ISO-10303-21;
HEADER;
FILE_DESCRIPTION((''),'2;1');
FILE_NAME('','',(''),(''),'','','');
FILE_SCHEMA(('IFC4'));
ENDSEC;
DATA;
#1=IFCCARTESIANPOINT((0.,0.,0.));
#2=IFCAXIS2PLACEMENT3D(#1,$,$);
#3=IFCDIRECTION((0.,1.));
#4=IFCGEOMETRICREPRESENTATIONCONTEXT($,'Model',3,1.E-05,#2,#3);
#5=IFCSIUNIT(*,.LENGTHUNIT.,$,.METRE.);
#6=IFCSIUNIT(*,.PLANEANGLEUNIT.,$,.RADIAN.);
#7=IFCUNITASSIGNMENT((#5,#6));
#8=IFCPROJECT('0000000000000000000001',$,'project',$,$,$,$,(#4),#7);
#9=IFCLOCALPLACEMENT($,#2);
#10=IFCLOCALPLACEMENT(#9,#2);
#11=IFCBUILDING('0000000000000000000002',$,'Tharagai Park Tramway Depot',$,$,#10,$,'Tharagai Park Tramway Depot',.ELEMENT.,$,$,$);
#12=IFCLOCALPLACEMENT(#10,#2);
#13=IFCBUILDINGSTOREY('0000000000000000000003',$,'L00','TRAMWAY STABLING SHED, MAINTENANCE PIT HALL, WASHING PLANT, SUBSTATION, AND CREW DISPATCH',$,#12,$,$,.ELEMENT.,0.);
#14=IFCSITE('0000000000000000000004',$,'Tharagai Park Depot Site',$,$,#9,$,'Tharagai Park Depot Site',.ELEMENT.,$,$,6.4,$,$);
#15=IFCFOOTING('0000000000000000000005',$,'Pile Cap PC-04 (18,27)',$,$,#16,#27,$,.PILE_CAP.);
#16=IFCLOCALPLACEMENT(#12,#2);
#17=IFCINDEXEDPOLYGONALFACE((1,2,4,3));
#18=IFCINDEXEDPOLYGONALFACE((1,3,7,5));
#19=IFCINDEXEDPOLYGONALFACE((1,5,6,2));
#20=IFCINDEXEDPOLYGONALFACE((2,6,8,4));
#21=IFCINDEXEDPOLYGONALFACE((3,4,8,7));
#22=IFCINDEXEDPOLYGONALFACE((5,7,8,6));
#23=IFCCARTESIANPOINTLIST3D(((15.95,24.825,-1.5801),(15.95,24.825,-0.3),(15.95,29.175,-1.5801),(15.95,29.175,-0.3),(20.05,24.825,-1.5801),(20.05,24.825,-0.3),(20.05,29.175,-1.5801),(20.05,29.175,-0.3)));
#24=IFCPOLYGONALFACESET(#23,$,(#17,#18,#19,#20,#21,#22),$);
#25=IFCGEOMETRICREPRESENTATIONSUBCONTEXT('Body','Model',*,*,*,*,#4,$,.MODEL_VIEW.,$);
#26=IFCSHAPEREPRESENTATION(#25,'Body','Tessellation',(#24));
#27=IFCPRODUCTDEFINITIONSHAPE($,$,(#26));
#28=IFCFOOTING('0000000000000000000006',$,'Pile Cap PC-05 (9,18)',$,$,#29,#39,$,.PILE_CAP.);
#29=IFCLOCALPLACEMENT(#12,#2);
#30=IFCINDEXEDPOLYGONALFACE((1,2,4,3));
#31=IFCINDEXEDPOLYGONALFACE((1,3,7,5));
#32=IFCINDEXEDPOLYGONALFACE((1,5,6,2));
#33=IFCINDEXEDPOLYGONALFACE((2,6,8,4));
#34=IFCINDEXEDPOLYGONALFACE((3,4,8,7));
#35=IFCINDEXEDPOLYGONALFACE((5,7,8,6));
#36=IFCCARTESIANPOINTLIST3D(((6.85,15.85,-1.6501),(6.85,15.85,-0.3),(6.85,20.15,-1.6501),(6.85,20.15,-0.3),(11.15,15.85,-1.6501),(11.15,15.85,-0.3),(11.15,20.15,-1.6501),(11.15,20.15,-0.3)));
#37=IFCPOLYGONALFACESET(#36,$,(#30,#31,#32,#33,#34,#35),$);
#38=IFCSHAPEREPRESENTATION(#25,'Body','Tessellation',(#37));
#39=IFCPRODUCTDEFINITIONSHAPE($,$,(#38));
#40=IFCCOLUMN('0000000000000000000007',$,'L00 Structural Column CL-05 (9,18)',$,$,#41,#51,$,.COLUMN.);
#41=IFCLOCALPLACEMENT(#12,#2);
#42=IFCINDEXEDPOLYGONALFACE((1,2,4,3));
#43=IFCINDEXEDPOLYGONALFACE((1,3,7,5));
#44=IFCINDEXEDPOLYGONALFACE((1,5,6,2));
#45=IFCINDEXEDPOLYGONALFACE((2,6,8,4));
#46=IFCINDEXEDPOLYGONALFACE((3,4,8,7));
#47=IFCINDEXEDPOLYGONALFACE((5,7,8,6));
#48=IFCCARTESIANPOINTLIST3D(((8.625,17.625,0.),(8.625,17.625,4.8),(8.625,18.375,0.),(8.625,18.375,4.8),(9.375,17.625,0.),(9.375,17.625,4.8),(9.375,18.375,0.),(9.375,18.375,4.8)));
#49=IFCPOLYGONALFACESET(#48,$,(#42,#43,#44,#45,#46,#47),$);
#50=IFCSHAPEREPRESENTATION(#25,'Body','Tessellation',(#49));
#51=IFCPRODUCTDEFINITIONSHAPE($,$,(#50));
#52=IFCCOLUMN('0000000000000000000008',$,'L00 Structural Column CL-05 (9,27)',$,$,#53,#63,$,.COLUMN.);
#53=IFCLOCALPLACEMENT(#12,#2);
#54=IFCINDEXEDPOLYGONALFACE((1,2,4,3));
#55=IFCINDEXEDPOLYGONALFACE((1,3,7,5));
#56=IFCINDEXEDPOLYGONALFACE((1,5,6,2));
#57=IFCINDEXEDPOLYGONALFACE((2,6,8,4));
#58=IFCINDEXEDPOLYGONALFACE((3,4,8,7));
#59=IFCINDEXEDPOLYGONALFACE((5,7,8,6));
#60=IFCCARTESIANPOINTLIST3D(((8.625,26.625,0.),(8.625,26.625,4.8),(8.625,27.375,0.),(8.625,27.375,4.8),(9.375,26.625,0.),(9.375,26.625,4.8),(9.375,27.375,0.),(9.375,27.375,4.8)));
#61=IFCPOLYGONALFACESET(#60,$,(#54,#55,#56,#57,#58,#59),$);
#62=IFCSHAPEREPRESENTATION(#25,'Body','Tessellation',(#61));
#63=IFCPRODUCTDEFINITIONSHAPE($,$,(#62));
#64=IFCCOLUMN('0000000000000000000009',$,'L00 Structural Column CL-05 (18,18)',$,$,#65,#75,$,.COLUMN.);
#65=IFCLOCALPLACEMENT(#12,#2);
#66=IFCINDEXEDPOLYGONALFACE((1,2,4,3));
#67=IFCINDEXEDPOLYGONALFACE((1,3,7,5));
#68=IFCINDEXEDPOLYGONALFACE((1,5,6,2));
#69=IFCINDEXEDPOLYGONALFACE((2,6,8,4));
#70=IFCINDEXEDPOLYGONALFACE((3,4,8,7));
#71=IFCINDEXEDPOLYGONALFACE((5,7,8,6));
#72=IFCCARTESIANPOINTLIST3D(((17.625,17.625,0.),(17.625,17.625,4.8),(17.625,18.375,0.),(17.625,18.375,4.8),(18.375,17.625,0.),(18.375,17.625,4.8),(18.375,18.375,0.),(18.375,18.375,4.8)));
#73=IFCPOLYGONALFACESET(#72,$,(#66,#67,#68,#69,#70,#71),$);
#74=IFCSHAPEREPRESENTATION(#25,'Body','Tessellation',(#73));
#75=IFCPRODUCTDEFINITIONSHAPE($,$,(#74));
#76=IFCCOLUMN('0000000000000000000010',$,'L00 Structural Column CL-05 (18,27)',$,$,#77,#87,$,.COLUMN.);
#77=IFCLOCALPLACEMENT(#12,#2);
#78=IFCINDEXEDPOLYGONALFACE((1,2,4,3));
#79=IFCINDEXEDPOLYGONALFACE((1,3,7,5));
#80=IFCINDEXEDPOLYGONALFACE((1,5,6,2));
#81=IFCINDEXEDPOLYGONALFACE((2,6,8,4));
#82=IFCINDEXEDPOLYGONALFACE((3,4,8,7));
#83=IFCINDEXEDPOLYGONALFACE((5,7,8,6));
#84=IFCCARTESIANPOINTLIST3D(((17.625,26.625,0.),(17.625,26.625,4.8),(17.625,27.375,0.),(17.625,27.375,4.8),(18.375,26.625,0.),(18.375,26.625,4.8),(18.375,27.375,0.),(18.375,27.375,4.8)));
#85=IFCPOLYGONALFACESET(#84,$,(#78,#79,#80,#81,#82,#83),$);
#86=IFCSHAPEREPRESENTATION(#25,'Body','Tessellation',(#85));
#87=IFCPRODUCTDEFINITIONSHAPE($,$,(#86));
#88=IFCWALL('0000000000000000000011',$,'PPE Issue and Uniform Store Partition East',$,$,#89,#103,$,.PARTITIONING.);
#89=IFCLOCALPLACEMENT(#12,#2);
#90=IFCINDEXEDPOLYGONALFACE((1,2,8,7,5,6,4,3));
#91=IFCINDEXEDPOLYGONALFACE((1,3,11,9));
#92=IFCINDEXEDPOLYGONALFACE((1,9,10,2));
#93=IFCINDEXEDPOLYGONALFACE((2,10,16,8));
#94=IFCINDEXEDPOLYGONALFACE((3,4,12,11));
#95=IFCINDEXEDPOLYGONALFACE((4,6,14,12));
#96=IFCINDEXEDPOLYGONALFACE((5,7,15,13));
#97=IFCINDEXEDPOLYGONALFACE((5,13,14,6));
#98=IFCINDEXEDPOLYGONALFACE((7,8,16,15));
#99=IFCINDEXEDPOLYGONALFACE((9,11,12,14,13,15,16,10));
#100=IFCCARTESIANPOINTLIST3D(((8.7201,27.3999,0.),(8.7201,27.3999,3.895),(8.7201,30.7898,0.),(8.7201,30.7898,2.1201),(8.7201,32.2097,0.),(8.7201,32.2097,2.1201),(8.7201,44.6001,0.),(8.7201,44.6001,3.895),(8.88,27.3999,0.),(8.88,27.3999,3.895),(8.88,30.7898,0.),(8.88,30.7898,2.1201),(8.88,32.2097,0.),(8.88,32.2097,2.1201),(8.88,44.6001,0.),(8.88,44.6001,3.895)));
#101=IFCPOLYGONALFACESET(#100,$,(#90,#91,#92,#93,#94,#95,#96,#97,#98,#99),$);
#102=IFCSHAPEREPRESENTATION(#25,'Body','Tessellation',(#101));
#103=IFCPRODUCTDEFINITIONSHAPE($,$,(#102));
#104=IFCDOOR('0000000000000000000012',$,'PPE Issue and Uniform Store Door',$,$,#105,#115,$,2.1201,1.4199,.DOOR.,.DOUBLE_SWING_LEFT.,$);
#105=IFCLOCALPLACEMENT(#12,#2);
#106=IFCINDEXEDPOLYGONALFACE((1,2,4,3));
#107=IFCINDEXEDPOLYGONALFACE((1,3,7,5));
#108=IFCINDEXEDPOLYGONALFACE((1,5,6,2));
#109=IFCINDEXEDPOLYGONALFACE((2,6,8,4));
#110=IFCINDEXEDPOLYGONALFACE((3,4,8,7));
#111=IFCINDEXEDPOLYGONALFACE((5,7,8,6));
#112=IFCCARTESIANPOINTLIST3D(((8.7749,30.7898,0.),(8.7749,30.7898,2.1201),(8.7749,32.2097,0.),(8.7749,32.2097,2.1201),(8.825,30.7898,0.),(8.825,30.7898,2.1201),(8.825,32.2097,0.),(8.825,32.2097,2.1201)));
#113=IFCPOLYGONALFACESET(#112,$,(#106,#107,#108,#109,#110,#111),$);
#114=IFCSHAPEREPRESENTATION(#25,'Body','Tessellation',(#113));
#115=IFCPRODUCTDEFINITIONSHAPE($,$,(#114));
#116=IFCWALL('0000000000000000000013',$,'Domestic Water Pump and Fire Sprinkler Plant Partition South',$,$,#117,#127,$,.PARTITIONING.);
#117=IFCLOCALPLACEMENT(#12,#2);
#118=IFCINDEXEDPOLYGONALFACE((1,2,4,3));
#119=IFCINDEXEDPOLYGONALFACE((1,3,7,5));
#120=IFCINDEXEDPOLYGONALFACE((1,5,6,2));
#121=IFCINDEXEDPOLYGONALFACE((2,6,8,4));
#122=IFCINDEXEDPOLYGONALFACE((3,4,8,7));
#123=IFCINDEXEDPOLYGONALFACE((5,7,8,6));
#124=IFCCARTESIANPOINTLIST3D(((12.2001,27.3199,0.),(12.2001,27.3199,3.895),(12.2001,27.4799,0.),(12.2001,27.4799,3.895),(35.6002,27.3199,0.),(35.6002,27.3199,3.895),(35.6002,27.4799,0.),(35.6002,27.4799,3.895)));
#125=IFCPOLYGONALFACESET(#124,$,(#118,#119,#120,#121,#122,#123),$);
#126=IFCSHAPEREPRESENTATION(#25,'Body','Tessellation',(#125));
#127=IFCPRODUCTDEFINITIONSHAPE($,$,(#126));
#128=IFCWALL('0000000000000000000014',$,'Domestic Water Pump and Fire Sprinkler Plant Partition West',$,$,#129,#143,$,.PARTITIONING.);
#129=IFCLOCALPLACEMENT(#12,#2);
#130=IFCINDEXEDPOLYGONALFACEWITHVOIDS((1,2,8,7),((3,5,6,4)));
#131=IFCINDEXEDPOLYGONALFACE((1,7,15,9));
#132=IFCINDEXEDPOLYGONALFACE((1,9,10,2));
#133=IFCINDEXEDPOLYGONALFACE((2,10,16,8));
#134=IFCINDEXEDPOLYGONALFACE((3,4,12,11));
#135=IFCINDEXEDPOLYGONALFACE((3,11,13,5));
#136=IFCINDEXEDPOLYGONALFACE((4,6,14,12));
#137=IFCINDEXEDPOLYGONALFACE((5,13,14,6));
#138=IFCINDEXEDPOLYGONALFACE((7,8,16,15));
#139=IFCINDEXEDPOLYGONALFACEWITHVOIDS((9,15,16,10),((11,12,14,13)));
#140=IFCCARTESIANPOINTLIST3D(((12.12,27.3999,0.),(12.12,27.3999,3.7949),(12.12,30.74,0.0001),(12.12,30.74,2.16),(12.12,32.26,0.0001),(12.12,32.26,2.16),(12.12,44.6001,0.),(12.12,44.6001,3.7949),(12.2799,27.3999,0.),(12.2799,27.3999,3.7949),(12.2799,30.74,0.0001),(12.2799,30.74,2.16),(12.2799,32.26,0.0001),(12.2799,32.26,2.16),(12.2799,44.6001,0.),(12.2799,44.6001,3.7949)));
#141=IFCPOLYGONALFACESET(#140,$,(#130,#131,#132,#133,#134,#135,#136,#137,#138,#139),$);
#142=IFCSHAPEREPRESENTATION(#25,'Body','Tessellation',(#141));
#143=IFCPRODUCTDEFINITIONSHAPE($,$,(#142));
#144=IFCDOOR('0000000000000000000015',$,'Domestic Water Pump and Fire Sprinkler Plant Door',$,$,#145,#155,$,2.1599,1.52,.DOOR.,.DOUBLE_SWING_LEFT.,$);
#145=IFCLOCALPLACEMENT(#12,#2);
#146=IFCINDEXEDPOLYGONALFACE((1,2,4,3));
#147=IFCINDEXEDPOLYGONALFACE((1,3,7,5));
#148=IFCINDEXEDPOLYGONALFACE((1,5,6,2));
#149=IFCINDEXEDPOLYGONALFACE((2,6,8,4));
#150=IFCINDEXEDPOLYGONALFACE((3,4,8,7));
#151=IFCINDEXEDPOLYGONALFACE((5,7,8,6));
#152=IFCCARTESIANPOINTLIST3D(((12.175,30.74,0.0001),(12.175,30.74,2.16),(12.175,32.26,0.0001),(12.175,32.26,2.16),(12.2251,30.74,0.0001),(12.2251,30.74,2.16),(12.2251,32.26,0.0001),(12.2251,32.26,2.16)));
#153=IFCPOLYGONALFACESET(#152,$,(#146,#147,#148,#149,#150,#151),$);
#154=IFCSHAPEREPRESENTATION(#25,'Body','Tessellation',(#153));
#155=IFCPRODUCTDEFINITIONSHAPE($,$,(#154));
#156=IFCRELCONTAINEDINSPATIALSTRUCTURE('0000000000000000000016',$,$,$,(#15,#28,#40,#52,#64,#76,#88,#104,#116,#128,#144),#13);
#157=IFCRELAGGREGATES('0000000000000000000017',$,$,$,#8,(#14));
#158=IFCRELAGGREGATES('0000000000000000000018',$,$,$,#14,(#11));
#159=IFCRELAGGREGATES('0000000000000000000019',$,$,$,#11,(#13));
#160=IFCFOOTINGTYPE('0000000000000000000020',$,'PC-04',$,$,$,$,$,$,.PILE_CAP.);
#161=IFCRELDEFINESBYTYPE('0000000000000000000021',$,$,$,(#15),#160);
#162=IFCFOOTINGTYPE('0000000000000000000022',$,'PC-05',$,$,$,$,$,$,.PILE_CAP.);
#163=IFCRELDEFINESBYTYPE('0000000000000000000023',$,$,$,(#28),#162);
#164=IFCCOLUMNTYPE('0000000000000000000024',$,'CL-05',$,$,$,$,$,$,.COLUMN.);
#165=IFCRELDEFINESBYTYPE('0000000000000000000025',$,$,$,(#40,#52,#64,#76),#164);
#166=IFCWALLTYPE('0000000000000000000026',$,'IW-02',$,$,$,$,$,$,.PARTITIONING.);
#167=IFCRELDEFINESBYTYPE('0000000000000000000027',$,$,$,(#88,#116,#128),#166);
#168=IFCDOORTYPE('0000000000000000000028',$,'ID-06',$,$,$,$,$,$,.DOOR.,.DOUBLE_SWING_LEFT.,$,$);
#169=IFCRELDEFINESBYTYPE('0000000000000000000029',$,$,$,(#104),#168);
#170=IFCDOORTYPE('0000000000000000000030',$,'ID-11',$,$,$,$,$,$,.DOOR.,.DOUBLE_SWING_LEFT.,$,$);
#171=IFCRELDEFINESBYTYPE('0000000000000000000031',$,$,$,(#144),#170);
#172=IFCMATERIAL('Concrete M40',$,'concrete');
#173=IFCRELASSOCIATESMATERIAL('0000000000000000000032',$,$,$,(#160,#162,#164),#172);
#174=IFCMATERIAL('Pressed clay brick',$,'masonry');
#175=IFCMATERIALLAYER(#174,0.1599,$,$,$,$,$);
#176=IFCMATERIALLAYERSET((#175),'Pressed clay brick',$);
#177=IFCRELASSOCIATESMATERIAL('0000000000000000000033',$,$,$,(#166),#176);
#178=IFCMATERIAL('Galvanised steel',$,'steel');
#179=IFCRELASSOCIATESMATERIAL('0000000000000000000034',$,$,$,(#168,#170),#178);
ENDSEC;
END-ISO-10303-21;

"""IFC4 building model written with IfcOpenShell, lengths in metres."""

from ifc_helpers import new_model, si_unit, direction, frame, frame_2d, origin, origin_2d, place, context, subcontext, project, spatial, rectangle, extrude, material, layer, layer_set, material_profile, profile_set, type_object, element, fill, save


model = new_model("IFC4")

# Units and contexts
model_context = context("Model", 3, precision=1e-05, world=origin(), true_north=direction((0.0, 1.0)))
body_context = subcontext(model_context, "Body", "Model", "MODEL_VIEW")
ifc_project = project(units=[si_unit("LENGTHUNIT", "METRE"), si_unit("PLANEANGLEUNIT", "RADIAN")], contexts=[model_context])

# Site, building, storey
site_placement = place(None, origin())
site = spatial("IfcSite", under=ifc_project, at=site_placement, Name="Tharagai Park Depot Site", LongName="Tharagai Park Depot Site", CompositionType="ELEMENT", RefElevation=6.4)
building_placement = place(site_placement, origin())
building = spatial("IfcBuilding", under=site, at=building_placement, Name="Tharagai Park Tramway Depot", LongName="Tharagai Park Tramway Depot", CompositionType="ELEMENT")
storey_placement = place(building_placement, origin())
storey = spatial("IfcBuildingStorey", under=building, at=storey_placement, Name="L00", Description="TRAMWAY STABLING SHED, MAINTENANCE PIT HALL, WASHING PLANT, SUBSTATION, AND CREW DISPATCH", CompositionType="ELEMENT", Elevation=0.0)

# Shared definitions
ifc_material_1 = material(Name="Concrete M40", Category="concrete")

# Footings
footing_type_1 = type_object("IfcFootingType", Name="PC-04", PredefinedType="PILE_CAP", material=ifc_material_1)
footing_1_placement = place(storey_placement, frame((18.0, 27.0, -1.5801), z_axis=(0.0, 0.0, 1.0), x_axis=(1.0, 0.0, 0.0)))
element("IfcFooting", 1, at=footing_1_placement, inside=storey, type_object=footing_type_1, Name="Pile Cap PC-04 (18,27)", PredefinedType="PILE_CAP", context=body_context, shape_type="SweptSolid", body=[
    extrude(rectangle(XDim=4.1001, YDim=4.3501, at=origin_2d()), origin(), (0.0, 0.0, 1.0), 1.28),
])
footing_type_2 = type_object("IfcFootingType", Name="PC-05", PredefinedType="PILE_CAP", material=ifc_material_1)
footing_2_placement = place(storey_placement, frame((9.0, 18.0, -1.6501), z_axis=(0.0, 0.0, 1.0), x_axis=(1.0, 0.0, 0.0)))
element("IfcFooting", 2, at=footing_2_placement, inside=storey, type_object=footing_type_2, Name="Pile Cap PC-05 (9,18)", PredefinedType="PILE_CAP", context=body_context, shape_type="SweptSolid", body=[
    extrude(rectangle(XDim=4.3, YDim=4.3, at=origin_2d()), origin(), (0.0, 0.0, 1.0), 1.3501),
])

# Columns
ifc_material_profile_1 = material_profile(ifc_material_1, rectangle(XDim=0.75, YDim=0.75, at=origin_2d()), Name="RC 750x750")
ifc_profile_set_1 = profile_set([ifc_material_profile_1], Name="Concrete M40")
column_type = type_object("IfcColumnType", Name="CL-05", PredefinedType="COLUMN", material=ifc_profile_set_1)
for number, where, z_axis, x_axis, name in (
    (3, (9.0, 18.0, 0.0), (0.0, 0.0, 1.0), (1.0, 0.0, 0.0), "L00 Structural Column CL-05 (9,18)"),
    (4, (9.0, 27.0, 0.0), (0.0, 0.0, 1.0), (1.0, 0.0, 0.0), "L00 Structural Column CL-05 (9,27)"),
    (5, (18.0, 18.0, 0.0), (0.0, 0.0, 1.0), (1.0, 0.0, 0.0), "L00 Structural Column CL-05 (18,18)"),
    (6, (18.0, 27.0, 0.0), (0.0, 0.0, 1.0), (1.0, 0.0, 0.0), "L00 Structural Column CL-05 (18,27)"),
):
    element("IfcColumn", number, at=place(storey_placement, frame(where, z_axis=z_axis, x_axis=x_axis)), inside=storey, type_object=column_type, Name=name, PredefinedType="COLUMN", context=body_context, shape_type="SweptSolid", body=[
        extrude(rectangle(XDim=0.75, YDim=0.75, at=origin_2d()), origin(), (0.0, 0.0, 1.0), 4.8),
    ])

# Wall, opening, door
ifc_material_2 = material(Name="Pressed clay brick", Category="masonry")
ifc_layer_1 = layer(ifc_material_2, 0.1599)
ifc_layer_set_1 = layer_set([ifc_layer_1], Name="Pressed clay brick")
wall_type_1 = type_object("IfcWallType", Name="IW-02", PredefinedType="PARTITIONING", material=ifc_layer_set_1)
wall_1_placement = place(storey_placement, frame((8.8, 27.3999, 0.0), z_axis=(0.0, 0.0, 1.0), x_axis=(0.0, 1.0, 0.0)))
wall_1 = element("IfcWall", 7, at=wall_1_placement, inside=storey, type_object=wall_type_1, Name="PPE Issue and Uniform Store Partition East", PredefinedType="PARTITIONING", context=body_context, shape_type="SweptSolid", body=[
    extrude(rectangle(XDim=17.2002, YDim=0.1599, at=frame_2d((8.6001, 0.0))), origin(), (0.0, 0.0, 1.0), 3.895),
])
opening_1_placement = place(wall_1_placement, frame((3.3899, 0.0, 0.0)))
opening_1 = element("IfcOpeningElement", 8, at=opening_1_placement, cuts=wall_1, PredefinedType="OPENING", context=body_context, shape_type="SweptSolid", body=[
    extrude(rectangle(XDim=1.4199, YDim=2.1201, at=frame_2d((0.71, 1.0601))), frame((0.0, 0.0898, 0.0), z_axis=(0.0, -1.0, 0.0), x_axis=(1.0, 0.0, 0.0)), (0.0, 0.0, 1.0), 0.1799),
])
ifc_material_3 = material(Name="Galvanised steel", Category="steel")
door_type_1 = type_object("IfcDoorType", Name="ID-06", OperationType="DOUBLE_SWING_LEFT", PredefinedType="DOOR", material=ifc_material_3)
door_1_placement = place(opening_1_placement, frame((1.4199, 0.0, 0.0), z_axis=(0.0, 0.0, 1.0), x_axis=(-1.0, 0.0, 0.0)))
door_1 = element("IfcDoor", 9, at=door_1_placement, inside=storey, type_object=door_type_1, Name="PPE Issue and Uniform Store Door", OperationType="DOUBLE_SWING_LEFT", OverallHeight=2.1201, OverallWidth=1.4199, PredefinedType="DOOR", context=body_context, shape_type="SweptSolid", body=[
    extrude(rectangle(XDim=1.4199, YDim=2.1201, at=frame_2d((0.71, 1.0601))), frame((0.0, 0.0249, 0.0), z_axis=(0.0, -1.0, 0.0), x_axis=(1.0, 0.0, 0.0)), (0.0, 0.0, 1.0), 0.05),
])
fill(opening_1, door_1)

# Wall
wall_2_placement = place(storey_placement, frame((12.2, 27.3999, 0.0), z_axis=(0.0, 0.0, 1.0), x_axis=(1.0, 0.0, 0.0)))
element("IfcWall", 10, at=wall_2_placement, inside=storey, type_object=wall_type_1, Name="Domestic Water Pump and Fire Sprinkler Plant Partition South", PredefinedType="PARTITIONING", context=body_context, shape_type="SweptSolid", body=[
    extrude(rectangle(XDim=23.4001, YDim=0.1599, at=frame_2d((11.7002, 0.0))), origin(), (0.0, 0.0, 1.0), 3.895),
])

# Wall, opening, door
wall_3_placement = place(storey_placement, frame((12.2, 27.3999, 0.0), z_axis=(0.0, 0.0, 1.0), x_axis=(0.0, 1.0, 0.0)))
wall_3 = element("IfcWall", 11, at=wall_3_placement, inside=storey, type_object=wall_type_1, Name="Domestic Water Pump and Fire Sprinkler Plant Partition West", PredefinedType="PARTITIONING", context=body_context, shape_type="SweptSolid", body=[
    extrude(rectangle(XDim=17.2002, YDim=0.1599, at=frame_2d((8.6001, 0.0))), origin(), (0.0, 0.0, 1.0), 3.7949),
])
opening_2_placement = place(wall_3_placement, frame((3.3401, 0.0, 0.0)))
opening_2 = element("IfcOpeningElement", 12, at=opening_2_placement, cuts=wall_3, PredefinedType="OPENING", context=body_context, shape_type="SweptSolid", body=[
    extrude(rectangle(XDim=1.52, YDim=2.1599, at=frame_2d((0.76, 1.0801))), frame((0.0, 0.0898, 0.0), z_axis=(0.0, -1.0, 0.0), x_axis=(1.0, 0.0, 0.0)), (0.0, 0.0, 1.0), 0.1799),
])
door_type_2 = type_object("IfcDoorType", Name="ID-11", OperationType="DOUBLE_SWING_LEFT", PredefinedType="DOOR", material=ifc_material_3)
door_2_placement = place(opening_2_placement, origin())
door_2 = element("IfcDoor", 13, at=door_2_placement, inside=storey, type_object=door_type_2, Name="Domestic Water Pump and Fire Sprinkler Plant Door", OperationType="DOUBLE_SWING_LEFT", OverallHeight=2.1599, OverallWidth=1.52, PredefinedType="DOOR", context=body_context, shape_type="SweptSolid", body=[
    extrude(rectangle(XDim=1.52, YDim=2.1599, at=frame_2d((0.76, 1.0801))), frame((0.0, 0.0249, 0.0), z_axis=(0.0, -1.0, 0.0), x_axis=(1.0, 0.0, 0.0)), (0.0, 0.0, 1.0), 0.05),
])
fill(opening_2, door_2)

save(model, "model.ifc")
